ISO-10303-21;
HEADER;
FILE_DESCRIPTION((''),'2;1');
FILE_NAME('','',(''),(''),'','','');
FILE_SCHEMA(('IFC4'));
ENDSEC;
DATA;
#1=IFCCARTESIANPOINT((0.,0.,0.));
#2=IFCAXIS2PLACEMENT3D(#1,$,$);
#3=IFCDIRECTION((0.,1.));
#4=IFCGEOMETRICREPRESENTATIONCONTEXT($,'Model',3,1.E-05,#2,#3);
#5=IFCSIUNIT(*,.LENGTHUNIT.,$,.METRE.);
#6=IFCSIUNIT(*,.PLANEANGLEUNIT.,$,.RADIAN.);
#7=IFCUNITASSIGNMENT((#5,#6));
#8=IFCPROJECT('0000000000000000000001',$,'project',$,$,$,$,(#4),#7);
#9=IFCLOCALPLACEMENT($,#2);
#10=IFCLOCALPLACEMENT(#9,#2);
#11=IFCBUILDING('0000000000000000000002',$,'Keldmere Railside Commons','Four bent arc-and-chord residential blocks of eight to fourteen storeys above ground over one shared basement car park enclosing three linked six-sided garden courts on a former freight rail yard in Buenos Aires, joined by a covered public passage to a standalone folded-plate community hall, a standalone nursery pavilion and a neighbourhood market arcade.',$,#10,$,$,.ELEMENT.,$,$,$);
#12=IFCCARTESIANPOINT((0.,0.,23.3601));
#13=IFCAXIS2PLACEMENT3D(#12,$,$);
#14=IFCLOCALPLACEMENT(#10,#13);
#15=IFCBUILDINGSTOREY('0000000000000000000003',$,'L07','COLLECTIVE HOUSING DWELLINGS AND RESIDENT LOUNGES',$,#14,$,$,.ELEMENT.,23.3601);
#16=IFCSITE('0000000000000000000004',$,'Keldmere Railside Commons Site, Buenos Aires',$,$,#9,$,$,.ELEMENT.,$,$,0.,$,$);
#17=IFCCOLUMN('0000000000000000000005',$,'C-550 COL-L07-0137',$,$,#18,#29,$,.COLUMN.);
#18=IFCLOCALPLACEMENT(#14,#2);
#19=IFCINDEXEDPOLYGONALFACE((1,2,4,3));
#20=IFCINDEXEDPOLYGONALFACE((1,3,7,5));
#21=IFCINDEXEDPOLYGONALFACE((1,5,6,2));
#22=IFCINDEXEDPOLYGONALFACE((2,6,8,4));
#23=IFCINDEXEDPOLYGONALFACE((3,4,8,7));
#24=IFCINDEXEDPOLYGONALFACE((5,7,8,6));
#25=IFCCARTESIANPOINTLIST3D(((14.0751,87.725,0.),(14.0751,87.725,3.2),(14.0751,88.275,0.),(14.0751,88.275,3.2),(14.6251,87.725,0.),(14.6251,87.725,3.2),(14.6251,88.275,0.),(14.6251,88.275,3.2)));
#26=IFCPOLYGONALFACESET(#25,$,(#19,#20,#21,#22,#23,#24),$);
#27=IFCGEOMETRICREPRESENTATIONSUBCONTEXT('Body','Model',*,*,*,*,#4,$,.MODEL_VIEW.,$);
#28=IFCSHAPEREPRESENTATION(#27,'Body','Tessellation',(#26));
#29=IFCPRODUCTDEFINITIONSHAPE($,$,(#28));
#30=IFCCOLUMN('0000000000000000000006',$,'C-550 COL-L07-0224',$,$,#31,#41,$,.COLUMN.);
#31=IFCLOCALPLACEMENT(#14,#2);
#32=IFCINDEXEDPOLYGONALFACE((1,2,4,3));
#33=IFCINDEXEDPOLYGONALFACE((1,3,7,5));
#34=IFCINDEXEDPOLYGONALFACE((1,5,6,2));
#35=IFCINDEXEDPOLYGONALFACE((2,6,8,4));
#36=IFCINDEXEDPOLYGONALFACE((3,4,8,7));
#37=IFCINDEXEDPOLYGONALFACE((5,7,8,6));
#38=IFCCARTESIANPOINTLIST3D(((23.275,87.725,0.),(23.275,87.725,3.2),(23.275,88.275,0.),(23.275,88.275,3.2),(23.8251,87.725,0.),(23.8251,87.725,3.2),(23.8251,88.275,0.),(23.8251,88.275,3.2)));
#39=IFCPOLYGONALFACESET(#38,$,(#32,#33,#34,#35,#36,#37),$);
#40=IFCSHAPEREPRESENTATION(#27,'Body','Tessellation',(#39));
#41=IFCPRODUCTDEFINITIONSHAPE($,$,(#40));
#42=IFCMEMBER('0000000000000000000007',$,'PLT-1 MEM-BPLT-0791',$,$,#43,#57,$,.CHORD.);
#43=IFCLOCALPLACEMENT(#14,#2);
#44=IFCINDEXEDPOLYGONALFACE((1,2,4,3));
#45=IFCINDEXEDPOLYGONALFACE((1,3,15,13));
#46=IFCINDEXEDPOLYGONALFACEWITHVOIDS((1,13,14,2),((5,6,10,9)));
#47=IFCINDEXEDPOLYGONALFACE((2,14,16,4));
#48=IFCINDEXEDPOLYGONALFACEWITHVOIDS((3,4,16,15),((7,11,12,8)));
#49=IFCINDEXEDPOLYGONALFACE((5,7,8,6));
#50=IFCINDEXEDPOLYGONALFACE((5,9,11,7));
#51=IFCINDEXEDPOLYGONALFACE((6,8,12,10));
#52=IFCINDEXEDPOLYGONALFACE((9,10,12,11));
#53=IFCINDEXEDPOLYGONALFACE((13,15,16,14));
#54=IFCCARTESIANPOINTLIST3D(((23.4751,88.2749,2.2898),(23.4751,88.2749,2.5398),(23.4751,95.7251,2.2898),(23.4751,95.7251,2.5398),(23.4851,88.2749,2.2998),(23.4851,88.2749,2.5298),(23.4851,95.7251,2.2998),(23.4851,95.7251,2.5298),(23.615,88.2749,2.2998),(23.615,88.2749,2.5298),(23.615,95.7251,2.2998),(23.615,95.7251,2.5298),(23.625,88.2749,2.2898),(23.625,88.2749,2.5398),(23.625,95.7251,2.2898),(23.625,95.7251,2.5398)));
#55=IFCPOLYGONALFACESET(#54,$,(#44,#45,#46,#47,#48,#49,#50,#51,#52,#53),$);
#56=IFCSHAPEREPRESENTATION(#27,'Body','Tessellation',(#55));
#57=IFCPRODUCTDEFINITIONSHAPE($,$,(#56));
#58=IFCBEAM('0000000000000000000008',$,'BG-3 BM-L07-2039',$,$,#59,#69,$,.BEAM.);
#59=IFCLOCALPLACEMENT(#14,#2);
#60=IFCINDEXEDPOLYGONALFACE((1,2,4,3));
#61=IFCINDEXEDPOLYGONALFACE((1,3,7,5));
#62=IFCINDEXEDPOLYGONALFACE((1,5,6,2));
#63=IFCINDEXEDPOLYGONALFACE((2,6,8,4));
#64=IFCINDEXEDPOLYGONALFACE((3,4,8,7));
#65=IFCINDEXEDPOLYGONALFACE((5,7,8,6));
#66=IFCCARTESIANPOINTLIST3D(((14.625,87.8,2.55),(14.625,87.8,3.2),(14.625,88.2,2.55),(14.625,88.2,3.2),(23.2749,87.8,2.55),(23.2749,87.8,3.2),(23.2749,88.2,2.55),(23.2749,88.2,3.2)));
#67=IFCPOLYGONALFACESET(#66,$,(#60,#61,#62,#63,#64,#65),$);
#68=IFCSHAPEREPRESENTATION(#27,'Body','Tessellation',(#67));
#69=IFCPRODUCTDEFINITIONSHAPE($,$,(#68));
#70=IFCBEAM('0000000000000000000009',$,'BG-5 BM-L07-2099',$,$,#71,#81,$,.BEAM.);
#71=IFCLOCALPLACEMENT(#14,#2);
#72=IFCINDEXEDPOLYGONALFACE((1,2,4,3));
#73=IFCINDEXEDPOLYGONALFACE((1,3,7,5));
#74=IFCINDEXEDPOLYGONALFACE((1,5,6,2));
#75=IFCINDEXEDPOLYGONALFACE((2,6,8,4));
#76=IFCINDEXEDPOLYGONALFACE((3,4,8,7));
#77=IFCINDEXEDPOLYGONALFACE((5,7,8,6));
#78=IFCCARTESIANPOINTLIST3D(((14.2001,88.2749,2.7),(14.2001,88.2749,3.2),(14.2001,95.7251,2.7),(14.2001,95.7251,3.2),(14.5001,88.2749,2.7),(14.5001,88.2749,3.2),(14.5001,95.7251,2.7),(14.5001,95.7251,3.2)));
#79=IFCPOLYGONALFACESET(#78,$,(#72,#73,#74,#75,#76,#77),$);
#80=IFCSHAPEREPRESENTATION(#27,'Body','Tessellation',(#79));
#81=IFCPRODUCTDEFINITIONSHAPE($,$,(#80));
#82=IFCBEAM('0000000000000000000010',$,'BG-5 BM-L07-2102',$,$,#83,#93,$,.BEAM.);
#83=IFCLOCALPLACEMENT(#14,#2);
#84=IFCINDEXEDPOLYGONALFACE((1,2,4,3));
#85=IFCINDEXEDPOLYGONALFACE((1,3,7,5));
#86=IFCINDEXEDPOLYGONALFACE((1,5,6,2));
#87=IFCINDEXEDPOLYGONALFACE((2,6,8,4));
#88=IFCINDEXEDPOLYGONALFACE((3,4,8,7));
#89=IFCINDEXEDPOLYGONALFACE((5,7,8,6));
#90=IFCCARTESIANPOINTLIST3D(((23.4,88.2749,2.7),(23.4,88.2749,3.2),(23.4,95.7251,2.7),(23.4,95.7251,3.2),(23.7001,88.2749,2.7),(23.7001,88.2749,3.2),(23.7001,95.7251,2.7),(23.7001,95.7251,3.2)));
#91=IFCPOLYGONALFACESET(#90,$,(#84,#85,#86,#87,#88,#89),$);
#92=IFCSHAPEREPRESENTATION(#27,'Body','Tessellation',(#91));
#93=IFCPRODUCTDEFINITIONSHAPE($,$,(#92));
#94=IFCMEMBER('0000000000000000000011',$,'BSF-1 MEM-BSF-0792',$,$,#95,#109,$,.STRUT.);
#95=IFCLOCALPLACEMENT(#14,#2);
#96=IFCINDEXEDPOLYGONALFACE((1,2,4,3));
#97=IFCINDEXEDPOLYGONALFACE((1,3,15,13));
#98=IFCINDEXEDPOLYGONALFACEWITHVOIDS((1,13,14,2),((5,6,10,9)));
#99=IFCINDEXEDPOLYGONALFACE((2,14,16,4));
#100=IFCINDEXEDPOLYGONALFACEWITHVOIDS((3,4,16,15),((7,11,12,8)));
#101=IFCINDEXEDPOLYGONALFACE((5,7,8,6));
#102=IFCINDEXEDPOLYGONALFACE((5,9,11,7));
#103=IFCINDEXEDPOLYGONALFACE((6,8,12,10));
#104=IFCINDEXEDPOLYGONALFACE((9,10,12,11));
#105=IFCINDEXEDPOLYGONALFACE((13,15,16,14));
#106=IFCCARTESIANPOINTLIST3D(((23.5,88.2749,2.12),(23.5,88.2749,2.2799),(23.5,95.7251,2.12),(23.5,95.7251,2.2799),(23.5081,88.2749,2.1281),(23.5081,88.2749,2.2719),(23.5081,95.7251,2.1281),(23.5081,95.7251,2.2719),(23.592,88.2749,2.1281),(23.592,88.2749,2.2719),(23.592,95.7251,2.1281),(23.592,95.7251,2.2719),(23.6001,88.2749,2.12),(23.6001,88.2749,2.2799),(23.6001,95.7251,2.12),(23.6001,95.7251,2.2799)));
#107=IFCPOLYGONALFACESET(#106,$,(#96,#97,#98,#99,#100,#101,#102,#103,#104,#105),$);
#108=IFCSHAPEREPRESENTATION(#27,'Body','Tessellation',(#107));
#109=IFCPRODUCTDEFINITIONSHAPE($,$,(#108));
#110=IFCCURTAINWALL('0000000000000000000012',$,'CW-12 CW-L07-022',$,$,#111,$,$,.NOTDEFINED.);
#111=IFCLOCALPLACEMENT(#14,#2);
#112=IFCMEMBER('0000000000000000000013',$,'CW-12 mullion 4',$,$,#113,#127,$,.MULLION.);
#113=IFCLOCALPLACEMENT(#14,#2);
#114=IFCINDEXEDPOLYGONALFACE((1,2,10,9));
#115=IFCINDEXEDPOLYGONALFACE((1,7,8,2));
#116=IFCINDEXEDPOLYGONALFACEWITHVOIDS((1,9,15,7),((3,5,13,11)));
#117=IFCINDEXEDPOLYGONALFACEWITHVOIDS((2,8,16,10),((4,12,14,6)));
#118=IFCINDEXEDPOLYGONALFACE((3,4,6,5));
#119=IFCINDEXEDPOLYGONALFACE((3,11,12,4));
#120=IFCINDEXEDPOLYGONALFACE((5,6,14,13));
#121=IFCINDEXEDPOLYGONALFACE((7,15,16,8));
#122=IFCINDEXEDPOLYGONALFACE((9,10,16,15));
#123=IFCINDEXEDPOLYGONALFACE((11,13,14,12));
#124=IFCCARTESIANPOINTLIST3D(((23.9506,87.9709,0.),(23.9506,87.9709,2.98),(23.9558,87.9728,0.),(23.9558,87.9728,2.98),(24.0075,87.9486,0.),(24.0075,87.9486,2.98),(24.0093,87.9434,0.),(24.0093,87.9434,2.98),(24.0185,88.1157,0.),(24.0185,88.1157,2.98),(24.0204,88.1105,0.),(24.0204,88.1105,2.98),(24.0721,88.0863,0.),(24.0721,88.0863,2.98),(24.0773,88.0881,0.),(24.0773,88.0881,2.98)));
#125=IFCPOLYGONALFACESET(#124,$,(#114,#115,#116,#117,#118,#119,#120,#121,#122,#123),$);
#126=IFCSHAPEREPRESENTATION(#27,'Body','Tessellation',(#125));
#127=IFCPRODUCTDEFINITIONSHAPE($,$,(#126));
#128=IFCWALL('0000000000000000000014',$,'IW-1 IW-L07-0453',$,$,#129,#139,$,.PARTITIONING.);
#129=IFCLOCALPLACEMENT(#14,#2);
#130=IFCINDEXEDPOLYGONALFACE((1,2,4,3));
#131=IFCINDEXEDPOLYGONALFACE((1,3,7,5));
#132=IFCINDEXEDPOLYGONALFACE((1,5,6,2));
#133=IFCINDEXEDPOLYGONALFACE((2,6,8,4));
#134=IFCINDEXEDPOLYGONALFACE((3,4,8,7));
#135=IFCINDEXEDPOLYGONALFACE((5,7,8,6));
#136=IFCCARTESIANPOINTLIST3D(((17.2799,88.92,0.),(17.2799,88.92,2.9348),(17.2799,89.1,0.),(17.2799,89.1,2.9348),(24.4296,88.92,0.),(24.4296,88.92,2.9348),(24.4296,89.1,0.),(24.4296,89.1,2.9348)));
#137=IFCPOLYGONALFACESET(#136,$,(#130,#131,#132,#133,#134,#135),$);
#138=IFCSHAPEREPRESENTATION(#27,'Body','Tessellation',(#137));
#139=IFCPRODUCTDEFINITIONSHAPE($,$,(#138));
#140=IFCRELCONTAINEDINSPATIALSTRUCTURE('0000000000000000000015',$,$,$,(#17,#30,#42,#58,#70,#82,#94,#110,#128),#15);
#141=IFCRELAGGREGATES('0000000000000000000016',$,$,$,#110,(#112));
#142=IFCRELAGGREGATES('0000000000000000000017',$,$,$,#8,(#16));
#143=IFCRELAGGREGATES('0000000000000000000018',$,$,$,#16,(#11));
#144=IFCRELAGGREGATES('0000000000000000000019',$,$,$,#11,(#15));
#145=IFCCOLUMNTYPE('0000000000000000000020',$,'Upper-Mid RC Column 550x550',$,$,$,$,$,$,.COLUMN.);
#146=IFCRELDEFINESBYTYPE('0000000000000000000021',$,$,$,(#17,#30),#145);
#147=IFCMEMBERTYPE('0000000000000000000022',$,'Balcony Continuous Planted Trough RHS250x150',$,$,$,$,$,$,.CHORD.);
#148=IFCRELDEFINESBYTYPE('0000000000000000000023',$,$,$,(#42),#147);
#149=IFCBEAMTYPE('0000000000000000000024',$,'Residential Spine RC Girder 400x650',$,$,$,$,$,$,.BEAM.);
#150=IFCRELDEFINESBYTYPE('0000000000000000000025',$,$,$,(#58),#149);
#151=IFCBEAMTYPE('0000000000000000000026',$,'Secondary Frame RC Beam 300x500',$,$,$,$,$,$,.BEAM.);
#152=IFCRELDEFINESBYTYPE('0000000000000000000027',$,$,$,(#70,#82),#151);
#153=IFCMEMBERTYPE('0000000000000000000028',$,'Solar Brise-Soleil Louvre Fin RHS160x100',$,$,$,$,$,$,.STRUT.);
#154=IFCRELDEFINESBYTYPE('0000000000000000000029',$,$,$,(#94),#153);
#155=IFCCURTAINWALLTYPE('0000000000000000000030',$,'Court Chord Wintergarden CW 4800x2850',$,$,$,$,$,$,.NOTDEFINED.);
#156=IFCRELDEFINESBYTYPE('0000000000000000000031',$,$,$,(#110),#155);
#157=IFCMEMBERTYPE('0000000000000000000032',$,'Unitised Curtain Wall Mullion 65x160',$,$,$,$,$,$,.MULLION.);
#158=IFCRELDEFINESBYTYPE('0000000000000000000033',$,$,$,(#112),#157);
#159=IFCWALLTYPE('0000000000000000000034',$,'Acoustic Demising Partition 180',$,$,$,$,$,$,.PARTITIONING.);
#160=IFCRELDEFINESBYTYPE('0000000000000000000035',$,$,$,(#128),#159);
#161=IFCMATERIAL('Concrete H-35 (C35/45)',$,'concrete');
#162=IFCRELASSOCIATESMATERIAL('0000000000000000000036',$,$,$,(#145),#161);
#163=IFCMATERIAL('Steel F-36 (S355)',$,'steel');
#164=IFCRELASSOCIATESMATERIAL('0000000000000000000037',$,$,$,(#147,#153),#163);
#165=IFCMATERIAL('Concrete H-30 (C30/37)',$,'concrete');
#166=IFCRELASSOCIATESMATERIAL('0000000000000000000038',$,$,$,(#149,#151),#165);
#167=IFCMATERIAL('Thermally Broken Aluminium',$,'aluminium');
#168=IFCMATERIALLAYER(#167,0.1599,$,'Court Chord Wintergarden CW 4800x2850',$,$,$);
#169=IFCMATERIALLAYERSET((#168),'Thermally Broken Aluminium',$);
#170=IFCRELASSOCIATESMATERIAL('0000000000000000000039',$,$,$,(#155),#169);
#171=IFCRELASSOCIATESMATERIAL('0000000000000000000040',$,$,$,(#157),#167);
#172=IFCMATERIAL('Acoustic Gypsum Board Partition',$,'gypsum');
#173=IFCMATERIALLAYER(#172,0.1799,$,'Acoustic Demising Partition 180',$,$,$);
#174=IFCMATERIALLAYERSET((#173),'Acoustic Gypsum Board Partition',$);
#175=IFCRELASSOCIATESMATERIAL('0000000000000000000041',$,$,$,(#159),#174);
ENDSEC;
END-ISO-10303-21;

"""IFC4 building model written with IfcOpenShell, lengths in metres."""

from ifc_helpers import new_model, si_unit, direction, frame, frame_2d, origin, origin_2d, place, context, subcontext, project, spatial, rectangle, hollow_rectangle, extrude, material, layer, layer_set, material_profile, profile_set, type_object, element, aggregate, save


model = new_model("IFC4")

# Units and contexts
model_context = context("Model", 3, precision=1e-05, world=origin(), true_north=direction((0.0, 1.0)))
body_context = subcontext(model_context, "Body", "Model", "MODEL_VIEW")
ifc_project = project(units=[si_unit("LENGTHUNIT", "METRE"), si_unit("PLANEANGLEUNIT", "RADIAN")], contexts=[model_context])

# Site, building, storey
site_placement = place(None, origin())
site = spatial("IfcSite", under=ifc_project, at=site_placement, Name="Keldmere Railside Commons Site, Buenos Aires", CompositionType="ELEMENT", RefElevation=0.0)
building_placement = place(site_placement, origin())
building = spatial("IfcBuilding", under=site, at=building_placement, Name="Keldmere Railside Commons", Description="Four bent arc-and-chord residential blocks of eight to fourteen storeys above ground over one shared basement car park enclosing three linked six-sided garden courts on a former freight rail yard in Buenos Aires, joined by a covered public passage to a standalone folded-plate community hall, a standalone nursery pavilion and a neighbourhood market arcade.", CompositionType="ELEMENT")
storey_placement = place(building_placement, frame((0.0, 0.0, 23.3601)))
storey = spatial("IfcBuildingStorey", under=building, at=storey_placement, Name="L07", Description="COLLECTIVE HOUSING DWELLINGS AND RESIDENT LOUNGES", CompositionType="ELEMENT", Elevation=23.3601)

# Columns
ifc_material_1 = material(Name="Concrete H-35 (C35/45)", Category="concrete")
ifc_material_profile_1 = material_profile(ifc_material_1, rectangle(XDim=0.55, YDim=0.55, at=origin_2d()), Name="RC-550x550")
ifc_profile_set_1 = profile_set([ifc_material_profile_1], Name="Concrete H-35 (C35/45)")
column_type = type_object("IfcColumnType", Name="Upper-Mid RC Column 550x550", PredefinedType="COLUMN", material=ifc_profile_set_1)
for number, where, z_axis, x_axis, name in (
    (1, (14.3501, 88.0, 0.0), (0.0, 0.0, 1.0), (1.0, 0.0, 0.0), "C-550 COL-L07-0137"),
    (2, (23.55, 88.0, 0.0), (0.0, 0.0, 1.0), (1.0, 0.0, 0.0), "C-550 COL-L07-0224"),
):
    element("IfcColumn", number, at=place(storey_placement, frame(where, z_axis=z_axis, x_axis=x_axis)), inside=storey, type_object=column_type, Name=name, PredefinedType="COLUMN", context=body_context, shape_type="SweptSolid", body=[
        extrude(rectangle(XDim=0.55, YDim=0.55, at=origin_2d()), origin(), (0.0, 0.0, 1.0), 3.2),
    ])

# Member
ifc_material_2 = material(Name="Steel F-36 (S355)", Category="steel")
ifc_material_profile_2 = material_profile(ifc_material_2, hollow_rectangle(XDim=0.1499, YDim=0.25, WallThickness=0.01, at=origin_2d()), Name="RHS-250x150x10")
ifc_profile_set_2 = profile_set([ifc_material_profile_2], Name="Steel F-36 (S355)")
member_type_1 = type_object("IfcMemberType", Name="Balcony Continuous Planted Trough RHS250x150", PredefinedType="CHORD", material=ifc_profile_set_2)
member_1_placement = place(storey_placement, frame((23.55, 88.2749, 2.4148), z_axis=(0.0, 1.0, 0.0), x_axis=(-1.0, 0.0, 0.0)))
element("IfcMember", 3, at=member_1_placement, inside=storey, type_object=member_type_1, Name="PLT-1 MEM-BPLT-0791", PredefinedType="CHORD", context=body_context, shape_type="SweptSolid", body=[
    extrude(hollow_rectangle(XDim=0.1499, YDim=0.25, WallThickness=0.01, at=origin_2d()), origin(), (0.0, 0.0, 1.0), 7.4502),
])

# Beams
ifc_material_3 = material(Name="Concrete H-30 (C30/37)", Category="concrete")
ifc_material_profile_3 = material_profile(ifc_material_3, rectangle(XDim=0.3999, YDim=0.6499, at=origin_2d()), Name="RC-400x650")
ifc_profile_set_3 = profile_set([ifc_material_profile_3], Name="Concrete H-30 (C30/37)")
beam_type_1 = type_object("IfcBeamType", Name="Residential Spine RC Girder 400x650", PredefinedType="BEAM", material=ifc_profile_set_3)
beam_placement = place(storey_placement, frame((14.625, 88.0, 2.875), z_axis=(1.0, 0.0, 0.0), x_axis=(0.0, 1.0, 0.0)))
element("IfcBeam", 4, at=beam_placement, inside=storey, type_object=beam_type_1, Name="BG-3 BM-L07-2039", PredefinedType="BEAM", context=body_context, shape_type="SweptSolid", body=[
    extrude(rectangle(XDim=0.3999, YDim=0.6499, at=origin_2d()), origin(), (0.0, 0.0, 1.0), 8.6499),
])
ifc_material_profile_4 = material_profile(ifc_material_3, rectangle(XDim=0.3, YDim=0.5, at=origin_2d()), Name="RC-300x500")
ifc_profile_set_4 = profile_set([ifc_material_profile_4], Name="Concrete H-30 (C30/37)")
beam_type_2 = type_object("IfcBeamType", Name="Secondary Frame RC Beam 300x500", PredefinedType="BEAM", material=ifc_profile_set_4)
for number, where, z_axis, x_axis, name in (
    (5, (14.3501, 88.2749, 2.95), (0.0, 1.0, 0.0), (-1.0, 0.0, 0.0), "BG-5 BM-L07-2099"),
    (6, (23.55, 88.2749, 2.95), (0.0, 1.0, 0.0), (-1.0, 0.0, 0.0), "BG-5 BM-L07-2102"),
):
    element("IfcBeam", number, at=place(storey_placement, frame(where, z_axis=z_axis, x_axis=x_axis)), inside=storey, type_object=beam_type_2, Name=name, PredefinedType="BEAM", context=body_context, shape_type="SweptSolid", body=[
        extrude(rectangle(XDim=0.3, YDim=0.5, at=origin_2d()), origin(), (0.0, 0.0, 1.0), 7.4502),
    ])

# Member
ifc_material_profile_5 = material_profile(ifc_material_2, hollow_rectangle(XDim=0.1001, YDim=0.1599, WallThickness=0.0081, at=origin_2d()), Name="RHS-160x100x8")
ifc_profile_set_5 = profile_set([ifc_material_profile_5], Name="Steel F-36 (S355)")
member_type_2 = type_object("IfcMemberType", Name="Solar Brise-Soleil Louvre Fin RHS160x100", PredefinedType="STRUT", material=ifc_profile_set_5)
member_2_placement = place(storey_placement, frame((23.55, 88.2749, 2.2), z_axis=(0.0, 1.0, 0.0), x_axis=(-1.0, 0.0, 0.0)))
element("IfcMember", 7, at=member_2_placement, inside=storey, type_object=member_type_2, Name="BSF-1 MEM-BSF-0792", PredefinedType="STRUT", context=body_context, shape_type="SweptSolid", body=[
    extrude(hollow_rectangle(XDim=0.1001, YDim=0.1599, WallThickness=0.0081, at=origin_2d()), origin(), (0.0, 0.0, 1.0), 7.4502),
])

# Curtain wall, member
ifc_material_4 = material(Name="Thermally Broken Aluminium", Category="aluminium")
ifc_layer_1 = layer(ifc_material_4, 0.1599, Name="Court Chord Wintergarden CW 4800x2850")
ifc_layer_set_1 = layer_set([ifc_layer_1], Name="Thermally Broken Aluminium")
curtain_wall_type = type_object("IfcCurtainWallType", Name="Court Chord Wintergarden CW 4800x2850", PredefinedType="NOTDEFINED", material=ifc_layer_set_1)
curtain_wall_placement = place(storey_placement, origin())
curtain_wall = element("IfcCurtainWall", 8, at=curtain_wall_placement, inside=storey, type_object=curtain_wall_type, Name="CW-12 CW-L07-022", PredefinedType="NOTDEFINED")
ifc_material_profile_6 = material_profile(ifc_material_4, hollow_rectangle(XDim=0.0649, YDim=0.1599, WallThickness=0.0039, at=origin_2d()), Name="ALU-MULL-65x160")
ifc_profile_set_6 = profile_set([ifc_material_profile_6], Name="Thermally Broken Aluminium")
member_type_3 = type_object("IfcMemberType", Name="Unitised Curtain Wall Mullion 65x160", PredefinedType="MULLION", material=ifc_profile_set_6)
member_3_placement = place(storey_placement, frame((24.0139, 88.0295, 0.0), z_axis=(0.0, 0.0, 1.0), x_axis=(0.905306, -0.424759, 0.0)))
member_3 = element("IfcMember", 9, at=member_3_placement, type_object=member_type_3, Name="CW-12 mullion 4", PredefinedType="MULLION", context=body_context, shape_type="SweptSolid", body=[
    extrude(hollow_rectangle(XDim=0.0649, YDim=0.1599, WallThickness=0.0039, at=origin_2d()), origin(), (0.0, 0.0, 1.0), 2.98),
])
aggregate(curtain_wall, [member_3])

# Wall
ifc_material_5 = material(Name="Acoustic Gypsum Board Partition", Category="gypsum")
ifc_layer_2 = layer(ifc_material_5, 0.1799, Name="Acoustic Demising Partition 180")
ifc_layer_set_2 = layer_set([ifc_layer_2], Name="Acoustic Gypsum Board Partition")
wall_type_1 = type_object("IfcWallType", Name="Acoustic Demising Partition 180", PredefinedType="PARTITIONING", material=ifc_layer_set_2)
wall_1_placement = place(storey_placement, frame((17.28, 89.01, 0.0), z_axis=(0.0, 0.0, 1.0), x_axis=(1.0, 0.0, 0.0)))
element("IfcWall", 10, at=wall_1_placement, inside=storey, type_object=wall_type_1, Name="IW-1 IW-L07-0453", PredefinedType="PARTITIONING", context=body_context, shape_type="SweptSolid", body=[
    extrude(rectangle(XDim=7.1497, YDim=0.1799, at=frame_2d((3.5747, 0.0))), origin(), (0.0, 0.0, 1.0), 2.9348),
])

save(model, "model.ifc")
